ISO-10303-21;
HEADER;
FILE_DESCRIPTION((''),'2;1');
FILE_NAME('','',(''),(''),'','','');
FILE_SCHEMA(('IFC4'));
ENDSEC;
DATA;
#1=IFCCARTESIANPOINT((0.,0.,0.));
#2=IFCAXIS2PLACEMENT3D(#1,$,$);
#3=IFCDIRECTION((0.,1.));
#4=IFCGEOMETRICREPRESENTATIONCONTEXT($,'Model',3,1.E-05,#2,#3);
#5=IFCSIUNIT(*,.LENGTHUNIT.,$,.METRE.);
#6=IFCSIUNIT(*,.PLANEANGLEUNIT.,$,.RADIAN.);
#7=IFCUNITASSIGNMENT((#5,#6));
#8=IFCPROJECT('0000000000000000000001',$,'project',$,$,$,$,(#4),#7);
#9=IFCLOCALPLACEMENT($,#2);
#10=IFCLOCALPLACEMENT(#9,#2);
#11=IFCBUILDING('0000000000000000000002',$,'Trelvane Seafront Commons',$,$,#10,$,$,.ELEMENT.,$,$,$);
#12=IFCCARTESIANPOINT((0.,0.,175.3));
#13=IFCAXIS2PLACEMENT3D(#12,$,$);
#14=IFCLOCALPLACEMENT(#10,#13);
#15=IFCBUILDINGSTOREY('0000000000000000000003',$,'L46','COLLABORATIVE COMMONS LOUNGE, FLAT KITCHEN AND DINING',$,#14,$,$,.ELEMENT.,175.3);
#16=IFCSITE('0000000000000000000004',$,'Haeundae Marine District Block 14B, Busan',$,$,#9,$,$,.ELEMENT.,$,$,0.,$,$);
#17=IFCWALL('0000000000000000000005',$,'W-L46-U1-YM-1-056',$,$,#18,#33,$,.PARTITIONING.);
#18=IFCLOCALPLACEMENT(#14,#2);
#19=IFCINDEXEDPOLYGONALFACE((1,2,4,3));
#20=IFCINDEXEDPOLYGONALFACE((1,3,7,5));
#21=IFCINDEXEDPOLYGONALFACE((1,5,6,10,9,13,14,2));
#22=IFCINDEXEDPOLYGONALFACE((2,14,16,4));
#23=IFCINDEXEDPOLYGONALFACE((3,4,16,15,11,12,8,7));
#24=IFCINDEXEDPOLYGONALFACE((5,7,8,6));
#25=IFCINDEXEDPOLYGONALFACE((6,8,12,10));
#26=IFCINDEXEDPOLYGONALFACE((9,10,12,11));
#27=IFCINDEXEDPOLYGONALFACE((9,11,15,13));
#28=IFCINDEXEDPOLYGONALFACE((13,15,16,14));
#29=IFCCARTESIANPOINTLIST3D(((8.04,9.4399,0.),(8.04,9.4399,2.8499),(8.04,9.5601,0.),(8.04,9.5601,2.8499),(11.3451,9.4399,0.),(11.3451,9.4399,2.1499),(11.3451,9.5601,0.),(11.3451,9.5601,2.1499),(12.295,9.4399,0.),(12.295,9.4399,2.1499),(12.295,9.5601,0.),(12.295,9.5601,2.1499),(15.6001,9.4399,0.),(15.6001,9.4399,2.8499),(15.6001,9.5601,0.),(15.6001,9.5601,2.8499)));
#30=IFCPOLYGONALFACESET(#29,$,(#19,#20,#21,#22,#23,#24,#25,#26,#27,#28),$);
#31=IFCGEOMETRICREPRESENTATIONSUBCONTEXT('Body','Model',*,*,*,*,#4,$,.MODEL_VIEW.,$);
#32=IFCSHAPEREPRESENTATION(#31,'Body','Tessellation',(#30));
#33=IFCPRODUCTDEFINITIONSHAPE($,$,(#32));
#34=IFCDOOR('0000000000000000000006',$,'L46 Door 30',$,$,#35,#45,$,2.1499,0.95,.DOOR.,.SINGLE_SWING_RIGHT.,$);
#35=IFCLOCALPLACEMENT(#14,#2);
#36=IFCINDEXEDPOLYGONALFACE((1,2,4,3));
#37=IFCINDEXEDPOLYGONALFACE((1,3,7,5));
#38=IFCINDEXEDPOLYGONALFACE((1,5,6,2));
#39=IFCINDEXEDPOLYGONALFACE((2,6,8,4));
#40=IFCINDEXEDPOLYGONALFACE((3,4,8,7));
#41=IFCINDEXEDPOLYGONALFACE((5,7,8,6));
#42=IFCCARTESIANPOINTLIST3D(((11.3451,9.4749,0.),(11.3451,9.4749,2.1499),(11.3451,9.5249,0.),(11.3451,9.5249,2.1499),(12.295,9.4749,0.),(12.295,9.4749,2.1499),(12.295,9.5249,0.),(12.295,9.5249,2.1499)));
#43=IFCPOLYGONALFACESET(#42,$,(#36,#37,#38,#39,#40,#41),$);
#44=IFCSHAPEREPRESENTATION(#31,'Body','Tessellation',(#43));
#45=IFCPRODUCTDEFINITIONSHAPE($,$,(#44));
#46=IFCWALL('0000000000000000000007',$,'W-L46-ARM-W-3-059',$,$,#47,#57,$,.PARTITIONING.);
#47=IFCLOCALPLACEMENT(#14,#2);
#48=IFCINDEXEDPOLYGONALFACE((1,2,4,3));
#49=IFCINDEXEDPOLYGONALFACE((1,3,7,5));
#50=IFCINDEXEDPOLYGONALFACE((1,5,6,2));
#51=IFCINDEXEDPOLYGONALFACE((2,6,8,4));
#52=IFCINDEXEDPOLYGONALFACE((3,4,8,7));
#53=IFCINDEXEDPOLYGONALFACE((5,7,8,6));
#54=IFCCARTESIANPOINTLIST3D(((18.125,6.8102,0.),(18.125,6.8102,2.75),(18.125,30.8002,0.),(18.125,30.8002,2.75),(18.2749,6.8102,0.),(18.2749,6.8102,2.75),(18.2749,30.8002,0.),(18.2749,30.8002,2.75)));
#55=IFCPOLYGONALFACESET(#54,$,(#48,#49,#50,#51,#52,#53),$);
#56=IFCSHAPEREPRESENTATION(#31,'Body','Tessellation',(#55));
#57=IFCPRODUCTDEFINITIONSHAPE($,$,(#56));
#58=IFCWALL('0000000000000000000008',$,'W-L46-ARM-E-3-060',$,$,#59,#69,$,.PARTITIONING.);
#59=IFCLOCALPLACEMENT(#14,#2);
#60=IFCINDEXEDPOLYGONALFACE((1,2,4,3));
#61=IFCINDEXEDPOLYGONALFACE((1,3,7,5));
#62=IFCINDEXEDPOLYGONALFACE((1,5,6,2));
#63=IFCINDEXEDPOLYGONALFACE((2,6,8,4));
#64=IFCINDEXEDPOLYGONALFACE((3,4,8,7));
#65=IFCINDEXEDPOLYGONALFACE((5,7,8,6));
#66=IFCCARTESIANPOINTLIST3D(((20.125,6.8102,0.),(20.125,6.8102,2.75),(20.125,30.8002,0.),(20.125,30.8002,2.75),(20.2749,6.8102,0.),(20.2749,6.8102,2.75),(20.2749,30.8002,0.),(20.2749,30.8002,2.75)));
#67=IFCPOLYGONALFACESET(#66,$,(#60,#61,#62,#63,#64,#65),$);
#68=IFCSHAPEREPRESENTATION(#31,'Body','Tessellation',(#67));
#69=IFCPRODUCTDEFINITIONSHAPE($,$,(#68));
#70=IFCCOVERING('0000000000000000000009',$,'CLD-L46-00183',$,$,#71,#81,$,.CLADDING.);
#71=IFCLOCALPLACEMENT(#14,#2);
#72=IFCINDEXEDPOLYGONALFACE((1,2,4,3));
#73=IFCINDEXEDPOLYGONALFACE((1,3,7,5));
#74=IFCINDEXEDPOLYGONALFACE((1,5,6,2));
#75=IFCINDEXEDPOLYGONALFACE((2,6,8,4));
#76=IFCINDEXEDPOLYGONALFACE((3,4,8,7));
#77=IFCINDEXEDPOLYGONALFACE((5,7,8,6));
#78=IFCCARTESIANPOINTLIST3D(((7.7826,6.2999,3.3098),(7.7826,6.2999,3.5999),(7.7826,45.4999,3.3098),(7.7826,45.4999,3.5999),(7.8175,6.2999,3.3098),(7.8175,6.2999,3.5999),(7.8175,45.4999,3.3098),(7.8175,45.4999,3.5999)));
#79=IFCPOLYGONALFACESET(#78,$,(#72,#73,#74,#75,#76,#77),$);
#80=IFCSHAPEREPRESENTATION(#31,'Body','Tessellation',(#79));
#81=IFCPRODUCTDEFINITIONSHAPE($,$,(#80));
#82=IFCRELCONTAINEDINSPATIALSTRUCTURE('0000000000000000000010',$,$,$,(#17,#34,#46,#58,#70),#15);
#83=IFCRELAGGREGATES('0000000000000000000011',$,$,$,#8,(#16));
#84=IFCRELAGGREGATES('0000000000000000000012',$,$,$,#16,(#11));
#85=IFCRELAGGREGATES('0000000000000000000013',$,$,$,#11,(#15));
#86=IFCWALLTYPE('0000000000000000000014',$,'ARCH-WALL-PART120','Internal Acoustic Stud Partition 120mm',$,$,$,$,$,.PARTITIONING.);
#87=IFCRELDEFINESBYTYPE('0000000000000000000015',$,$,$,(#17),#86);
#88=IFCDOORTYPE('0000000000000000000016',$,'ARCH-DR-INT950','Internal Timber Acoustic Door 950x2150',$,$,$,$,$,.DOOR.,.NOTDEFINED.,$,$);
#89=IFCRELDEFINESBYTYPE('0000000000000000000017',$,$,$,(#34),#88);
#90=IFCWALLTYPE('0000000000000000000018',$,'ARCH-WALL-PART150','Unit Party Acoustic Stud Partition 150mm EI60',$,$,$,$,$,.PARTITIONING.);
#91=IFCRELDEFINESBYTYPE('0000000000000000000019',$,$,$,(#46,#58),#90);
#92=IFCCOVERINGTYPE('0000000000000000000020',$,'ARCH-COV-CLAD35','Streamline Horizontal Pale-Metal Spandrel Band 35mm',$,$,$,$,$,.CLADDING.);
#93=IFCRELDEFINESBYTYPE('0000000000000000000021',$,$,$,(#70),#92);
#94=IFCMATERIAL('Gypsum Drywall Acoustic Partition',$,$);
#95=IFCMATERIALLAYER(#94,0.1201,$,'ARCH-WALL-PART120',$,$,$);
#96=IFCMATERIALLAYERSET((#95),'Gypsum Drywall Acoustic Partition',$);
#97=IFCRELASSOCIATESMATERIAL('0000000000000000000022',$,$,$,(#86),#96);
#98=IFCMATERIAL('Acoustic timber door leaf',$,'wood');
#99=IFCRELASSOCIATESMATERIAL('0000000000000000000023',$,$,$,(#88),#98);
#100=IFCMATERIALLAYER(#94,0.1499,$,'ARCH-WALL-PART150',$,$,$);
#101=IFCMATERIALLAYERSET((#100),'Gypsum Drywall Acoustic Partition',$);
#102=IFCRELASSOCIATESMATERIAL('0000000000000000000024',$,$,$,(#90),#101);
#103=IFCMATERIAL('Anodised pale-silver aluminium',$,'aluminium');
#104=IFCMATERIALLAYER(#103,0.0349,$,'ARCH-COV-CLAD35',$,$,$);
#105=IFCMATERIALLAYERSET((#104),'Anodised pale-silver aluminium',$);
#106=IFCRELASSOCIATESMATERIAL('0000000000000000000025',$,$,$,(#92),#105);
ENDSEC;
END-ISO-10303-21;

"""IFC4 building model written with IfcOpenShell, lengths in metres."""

from ifc_helpers import new_model, si_unit, direction, frame, frame_2d, origin, origin_2d, place, context, subcontext, project, spatial, rectangle, extrude, source, transform, mapped, material, layer, layer_set, type_object, element, fill, save


model = new_model("IFC4")

# Units and contexts
model_context = context("Model", 3, precision=1e-05, world=origin(), true_north=direction((0.0, 1.0)))
body_context = subcontext(model_context, "Body", "Model", "MODEL_VIEW")
ifc_project = project(units=[si_unit("LENGTHUNIT", "METRE"), si_unit("PLANEANGLEUNIT", "RADIAN")], contexts=[model_context])

# Site, building, storey
site_placement = place(None, origin())
site = spatial("IfcSite", under=ifc_project, at=site_placement, Name="Haeundae Marine District Block 14B, Busan", CompositionType="ELEMENT", RefElevation=0.0)
building_placement = place(site_placement, origin())
building = spatial("IfcBuilding", under=site, at=building_placement, Name="Trelvane Seafront Commons", CompositionType="ELEMENT")
storey_placement = place(building_placement, frame((0.0, 0.0, 175.3)))
storey = spatial("IfcBuildingStorey", under=building, at=storey_placement, Name="L46", Description="COLLABORATIVE COMMONS LOUNGE, FLAT KITCHEN AND DINING", CompositionType="ELEMENT", Elevation=175.3)

# Shared definitions
ifc_material_1 = material(Name="Anodised pale-silver aluminium", Category="aluminium")

# Wall, opening, door
ifc_material_2 = material(Name="Gypsum Drywall Acoustic Partition")
ifc_layer_1 = layer(ifc_material_2, 0.1201, Name="ARCH-WALL-PART120")
ifc_layer_set_1 = layer_set([ifc_layer_1], Name="Gypsum Drywall Acoustic Partition")
wall_type_1 = type_object("IfcWallType", Name="ARCH-WALL-PART120", Description="Internal Acoustic Stud Partition 120mm", PredefinedType="PARTITIONING", material=ifc_layer_set_1)
ifc_material_3 = material(Name="Acoustic timber door leaf", Category="wood")
door_type = type_object("IfcDoorType", Name="ARCH-DR-INT950", Description="Internal Timber Acoustic Door 950x2150", OperationType="NOTDEFINED", PredefinedType="DOOR", material=ifc_material_3)
shared_shape_1 = source(origin(), body_context, "Body", "SweptSolid", [
    extrude(rectangle(XDim=0.95, YDim=2.1499, at=frame_2d((0.4751, 1.075))), frame((0.0, 0.0249, 0.0), z_axis=(0.0, -1.0, 0.0), x_axis=(1.0, 0.0, 0.0)), (0.0, 0.0, 1.0), 0.05),
])
wall_1_placement = place(storey_placement, frame((8.04, 9.5, 0.0), z_axis=(0.0, 0.0, 1.0), x_axis=(1.0, 0.0, 0.0)))
wall_1 = element("IfcWall", 1, at=wall_1_placement, inside=storey, type_object=wall_type_1, Name="W-L46-U1-YM-1-056", PredefinedType="PARTITIONING", context=body_context, shape_type="SweptSolid", body=[
    extrude(rectangle(XDim=7.5601, YDim=0.1201, at=frame_2d((3.78, 0.0))), origin(), (0.0, 0.0, 1.0), 2.8499),
])
opening_1_placement = place(wall_1_placement, frame((3.3049, 0.0, 0.0)))
opening_1 = element("IfcOpeningElement", 2, at=opening_1_placement, cuts=wall_1, PredefinedType="OPENING", context=body_context, shape_type="SweptSolid", body=[
    extrude(rectangle(XDim=0.95, YDim=2.1499, at=frame_2d((0.4751, 1.075))), frame((0.0, 0.0701, 0.0), z_axis=(0.0, -1.0, 0.0), x_axis=(1.0, 0.0, 0.0)), (0.0, 0.0, 1.0), 0.1401),
])
door_1_placement = place(opening_1_placement, origin())
door_1 = element("IfcDoor", 3, at=door_1_placement, inside=storey, type_object=door_type, Name="L46 Door 30", OperationType="SINGLE_SWING_RIGHT", OverallHeight=2.1499, OverallWidth=0.95, PredefinedType="DOOR", context=body_context, shape_type="MappedRepresentation", body=[
    mapped(shared_shape_1, transform((0.0, 0.0, 0.0), x_axis=(1.0, 0.0, 0.0), y_axis=(0.0, 1.0, 0.0), z_axis=(0.0, 0.0, 1.0), scale=1.0)),
])
fill(opening_1, door_1)

# Walls
ifc_layer_2 = layer(ifc_material_2, 0.1499, Name="ARCH-WALL-PART150")
ifc_layer_set_2 = layer_set([ifc_layer_2], Name="Gypsum Drywall Acoustic Partition")
wall_type_2 = type_object("IfcWallType", Name="ARCH-WALL-PART150", Description="Unit Party Acoustic Stud Partition 150mm EI60", PredefinedType="PARTITIONING", material=ifc_layer_set_2)
for number, where, z_axis, x_axis, name in (
    (4, (18.2, 6.8101, 0.0), (0.0, 0.0, 1.0), (0.0, 1.0, 0.0), "W-L46-ARM-W-3-059"),
    (5, (20.2, 6.8101, 0.0), (0.0, 0.0, 1.0), (0.0, 1.0, 0.0), "W-L46-ARM-E-3-060"),
):
    element("IfcWall", number, at=place(storey_placement, frame(where, z_axis=z_axis, x_axis=x_axis)), inside=storey, type_object=wall_type_2, Name=name, PredefinedType="PARTITIONING", context=body_context, shape_type="SweptSolid", body=[
        extrude(rectangle(XDim=23.99, YDim=0.1499, at=frame_2d((11.9951, 0.0))), origin(), (0.0, 0.0, 1.0), 2.75),
    ])

# Covering
ifc_layer_3 = layer(ifc_material_1, 0.0349, Name="ARCH-COV-CLAD35")
ifc_layer_set_3 = layer_set([ifc_layer_3], Name="Anodised pale-silver aluminium")
covering_type = type_object("IfcCoveringType", Name="ARCH-COV-CLAD35", Description="Streamline Horizontal Pale-Metal Spandrel Band 35mm", PredefinedType="CLADDING", material=ifc_layer_set_3)
shared_shape_2 = source(origin(), body_context, "Body", "SweptSolid", [
    extrude(rectangle(XDim=39.2, YDim=0.0349, at=origin_2d()), origin(), (0.0, 0.0, 1.0), 0.29),
])
covering_placement = place(storey_placement, frame((7.8, 25.8999, 3.3098), z_axis=(0.0, 0.0, 1.0), x_axis=(0.0, 1.0, 0.0)))
element("IfcCovering", 6, at=covering_placement, inside=storey, type_object=covering_type, Name="CLD-L46-00183", PredefinedType="CLADDING", context=body_context, shape_type="MappedRepresentation", body=[
    mapped(shared_shape_2, transform((0.0, 0.0, 0.0), x_axis=(1.0, 0.0, 0.0), y_axis=(0.0, 1.0, 0.0), z_axis=(0.0, 0.0, 1.0), scale=1.0)),
])

save(model, "model.ifc")
